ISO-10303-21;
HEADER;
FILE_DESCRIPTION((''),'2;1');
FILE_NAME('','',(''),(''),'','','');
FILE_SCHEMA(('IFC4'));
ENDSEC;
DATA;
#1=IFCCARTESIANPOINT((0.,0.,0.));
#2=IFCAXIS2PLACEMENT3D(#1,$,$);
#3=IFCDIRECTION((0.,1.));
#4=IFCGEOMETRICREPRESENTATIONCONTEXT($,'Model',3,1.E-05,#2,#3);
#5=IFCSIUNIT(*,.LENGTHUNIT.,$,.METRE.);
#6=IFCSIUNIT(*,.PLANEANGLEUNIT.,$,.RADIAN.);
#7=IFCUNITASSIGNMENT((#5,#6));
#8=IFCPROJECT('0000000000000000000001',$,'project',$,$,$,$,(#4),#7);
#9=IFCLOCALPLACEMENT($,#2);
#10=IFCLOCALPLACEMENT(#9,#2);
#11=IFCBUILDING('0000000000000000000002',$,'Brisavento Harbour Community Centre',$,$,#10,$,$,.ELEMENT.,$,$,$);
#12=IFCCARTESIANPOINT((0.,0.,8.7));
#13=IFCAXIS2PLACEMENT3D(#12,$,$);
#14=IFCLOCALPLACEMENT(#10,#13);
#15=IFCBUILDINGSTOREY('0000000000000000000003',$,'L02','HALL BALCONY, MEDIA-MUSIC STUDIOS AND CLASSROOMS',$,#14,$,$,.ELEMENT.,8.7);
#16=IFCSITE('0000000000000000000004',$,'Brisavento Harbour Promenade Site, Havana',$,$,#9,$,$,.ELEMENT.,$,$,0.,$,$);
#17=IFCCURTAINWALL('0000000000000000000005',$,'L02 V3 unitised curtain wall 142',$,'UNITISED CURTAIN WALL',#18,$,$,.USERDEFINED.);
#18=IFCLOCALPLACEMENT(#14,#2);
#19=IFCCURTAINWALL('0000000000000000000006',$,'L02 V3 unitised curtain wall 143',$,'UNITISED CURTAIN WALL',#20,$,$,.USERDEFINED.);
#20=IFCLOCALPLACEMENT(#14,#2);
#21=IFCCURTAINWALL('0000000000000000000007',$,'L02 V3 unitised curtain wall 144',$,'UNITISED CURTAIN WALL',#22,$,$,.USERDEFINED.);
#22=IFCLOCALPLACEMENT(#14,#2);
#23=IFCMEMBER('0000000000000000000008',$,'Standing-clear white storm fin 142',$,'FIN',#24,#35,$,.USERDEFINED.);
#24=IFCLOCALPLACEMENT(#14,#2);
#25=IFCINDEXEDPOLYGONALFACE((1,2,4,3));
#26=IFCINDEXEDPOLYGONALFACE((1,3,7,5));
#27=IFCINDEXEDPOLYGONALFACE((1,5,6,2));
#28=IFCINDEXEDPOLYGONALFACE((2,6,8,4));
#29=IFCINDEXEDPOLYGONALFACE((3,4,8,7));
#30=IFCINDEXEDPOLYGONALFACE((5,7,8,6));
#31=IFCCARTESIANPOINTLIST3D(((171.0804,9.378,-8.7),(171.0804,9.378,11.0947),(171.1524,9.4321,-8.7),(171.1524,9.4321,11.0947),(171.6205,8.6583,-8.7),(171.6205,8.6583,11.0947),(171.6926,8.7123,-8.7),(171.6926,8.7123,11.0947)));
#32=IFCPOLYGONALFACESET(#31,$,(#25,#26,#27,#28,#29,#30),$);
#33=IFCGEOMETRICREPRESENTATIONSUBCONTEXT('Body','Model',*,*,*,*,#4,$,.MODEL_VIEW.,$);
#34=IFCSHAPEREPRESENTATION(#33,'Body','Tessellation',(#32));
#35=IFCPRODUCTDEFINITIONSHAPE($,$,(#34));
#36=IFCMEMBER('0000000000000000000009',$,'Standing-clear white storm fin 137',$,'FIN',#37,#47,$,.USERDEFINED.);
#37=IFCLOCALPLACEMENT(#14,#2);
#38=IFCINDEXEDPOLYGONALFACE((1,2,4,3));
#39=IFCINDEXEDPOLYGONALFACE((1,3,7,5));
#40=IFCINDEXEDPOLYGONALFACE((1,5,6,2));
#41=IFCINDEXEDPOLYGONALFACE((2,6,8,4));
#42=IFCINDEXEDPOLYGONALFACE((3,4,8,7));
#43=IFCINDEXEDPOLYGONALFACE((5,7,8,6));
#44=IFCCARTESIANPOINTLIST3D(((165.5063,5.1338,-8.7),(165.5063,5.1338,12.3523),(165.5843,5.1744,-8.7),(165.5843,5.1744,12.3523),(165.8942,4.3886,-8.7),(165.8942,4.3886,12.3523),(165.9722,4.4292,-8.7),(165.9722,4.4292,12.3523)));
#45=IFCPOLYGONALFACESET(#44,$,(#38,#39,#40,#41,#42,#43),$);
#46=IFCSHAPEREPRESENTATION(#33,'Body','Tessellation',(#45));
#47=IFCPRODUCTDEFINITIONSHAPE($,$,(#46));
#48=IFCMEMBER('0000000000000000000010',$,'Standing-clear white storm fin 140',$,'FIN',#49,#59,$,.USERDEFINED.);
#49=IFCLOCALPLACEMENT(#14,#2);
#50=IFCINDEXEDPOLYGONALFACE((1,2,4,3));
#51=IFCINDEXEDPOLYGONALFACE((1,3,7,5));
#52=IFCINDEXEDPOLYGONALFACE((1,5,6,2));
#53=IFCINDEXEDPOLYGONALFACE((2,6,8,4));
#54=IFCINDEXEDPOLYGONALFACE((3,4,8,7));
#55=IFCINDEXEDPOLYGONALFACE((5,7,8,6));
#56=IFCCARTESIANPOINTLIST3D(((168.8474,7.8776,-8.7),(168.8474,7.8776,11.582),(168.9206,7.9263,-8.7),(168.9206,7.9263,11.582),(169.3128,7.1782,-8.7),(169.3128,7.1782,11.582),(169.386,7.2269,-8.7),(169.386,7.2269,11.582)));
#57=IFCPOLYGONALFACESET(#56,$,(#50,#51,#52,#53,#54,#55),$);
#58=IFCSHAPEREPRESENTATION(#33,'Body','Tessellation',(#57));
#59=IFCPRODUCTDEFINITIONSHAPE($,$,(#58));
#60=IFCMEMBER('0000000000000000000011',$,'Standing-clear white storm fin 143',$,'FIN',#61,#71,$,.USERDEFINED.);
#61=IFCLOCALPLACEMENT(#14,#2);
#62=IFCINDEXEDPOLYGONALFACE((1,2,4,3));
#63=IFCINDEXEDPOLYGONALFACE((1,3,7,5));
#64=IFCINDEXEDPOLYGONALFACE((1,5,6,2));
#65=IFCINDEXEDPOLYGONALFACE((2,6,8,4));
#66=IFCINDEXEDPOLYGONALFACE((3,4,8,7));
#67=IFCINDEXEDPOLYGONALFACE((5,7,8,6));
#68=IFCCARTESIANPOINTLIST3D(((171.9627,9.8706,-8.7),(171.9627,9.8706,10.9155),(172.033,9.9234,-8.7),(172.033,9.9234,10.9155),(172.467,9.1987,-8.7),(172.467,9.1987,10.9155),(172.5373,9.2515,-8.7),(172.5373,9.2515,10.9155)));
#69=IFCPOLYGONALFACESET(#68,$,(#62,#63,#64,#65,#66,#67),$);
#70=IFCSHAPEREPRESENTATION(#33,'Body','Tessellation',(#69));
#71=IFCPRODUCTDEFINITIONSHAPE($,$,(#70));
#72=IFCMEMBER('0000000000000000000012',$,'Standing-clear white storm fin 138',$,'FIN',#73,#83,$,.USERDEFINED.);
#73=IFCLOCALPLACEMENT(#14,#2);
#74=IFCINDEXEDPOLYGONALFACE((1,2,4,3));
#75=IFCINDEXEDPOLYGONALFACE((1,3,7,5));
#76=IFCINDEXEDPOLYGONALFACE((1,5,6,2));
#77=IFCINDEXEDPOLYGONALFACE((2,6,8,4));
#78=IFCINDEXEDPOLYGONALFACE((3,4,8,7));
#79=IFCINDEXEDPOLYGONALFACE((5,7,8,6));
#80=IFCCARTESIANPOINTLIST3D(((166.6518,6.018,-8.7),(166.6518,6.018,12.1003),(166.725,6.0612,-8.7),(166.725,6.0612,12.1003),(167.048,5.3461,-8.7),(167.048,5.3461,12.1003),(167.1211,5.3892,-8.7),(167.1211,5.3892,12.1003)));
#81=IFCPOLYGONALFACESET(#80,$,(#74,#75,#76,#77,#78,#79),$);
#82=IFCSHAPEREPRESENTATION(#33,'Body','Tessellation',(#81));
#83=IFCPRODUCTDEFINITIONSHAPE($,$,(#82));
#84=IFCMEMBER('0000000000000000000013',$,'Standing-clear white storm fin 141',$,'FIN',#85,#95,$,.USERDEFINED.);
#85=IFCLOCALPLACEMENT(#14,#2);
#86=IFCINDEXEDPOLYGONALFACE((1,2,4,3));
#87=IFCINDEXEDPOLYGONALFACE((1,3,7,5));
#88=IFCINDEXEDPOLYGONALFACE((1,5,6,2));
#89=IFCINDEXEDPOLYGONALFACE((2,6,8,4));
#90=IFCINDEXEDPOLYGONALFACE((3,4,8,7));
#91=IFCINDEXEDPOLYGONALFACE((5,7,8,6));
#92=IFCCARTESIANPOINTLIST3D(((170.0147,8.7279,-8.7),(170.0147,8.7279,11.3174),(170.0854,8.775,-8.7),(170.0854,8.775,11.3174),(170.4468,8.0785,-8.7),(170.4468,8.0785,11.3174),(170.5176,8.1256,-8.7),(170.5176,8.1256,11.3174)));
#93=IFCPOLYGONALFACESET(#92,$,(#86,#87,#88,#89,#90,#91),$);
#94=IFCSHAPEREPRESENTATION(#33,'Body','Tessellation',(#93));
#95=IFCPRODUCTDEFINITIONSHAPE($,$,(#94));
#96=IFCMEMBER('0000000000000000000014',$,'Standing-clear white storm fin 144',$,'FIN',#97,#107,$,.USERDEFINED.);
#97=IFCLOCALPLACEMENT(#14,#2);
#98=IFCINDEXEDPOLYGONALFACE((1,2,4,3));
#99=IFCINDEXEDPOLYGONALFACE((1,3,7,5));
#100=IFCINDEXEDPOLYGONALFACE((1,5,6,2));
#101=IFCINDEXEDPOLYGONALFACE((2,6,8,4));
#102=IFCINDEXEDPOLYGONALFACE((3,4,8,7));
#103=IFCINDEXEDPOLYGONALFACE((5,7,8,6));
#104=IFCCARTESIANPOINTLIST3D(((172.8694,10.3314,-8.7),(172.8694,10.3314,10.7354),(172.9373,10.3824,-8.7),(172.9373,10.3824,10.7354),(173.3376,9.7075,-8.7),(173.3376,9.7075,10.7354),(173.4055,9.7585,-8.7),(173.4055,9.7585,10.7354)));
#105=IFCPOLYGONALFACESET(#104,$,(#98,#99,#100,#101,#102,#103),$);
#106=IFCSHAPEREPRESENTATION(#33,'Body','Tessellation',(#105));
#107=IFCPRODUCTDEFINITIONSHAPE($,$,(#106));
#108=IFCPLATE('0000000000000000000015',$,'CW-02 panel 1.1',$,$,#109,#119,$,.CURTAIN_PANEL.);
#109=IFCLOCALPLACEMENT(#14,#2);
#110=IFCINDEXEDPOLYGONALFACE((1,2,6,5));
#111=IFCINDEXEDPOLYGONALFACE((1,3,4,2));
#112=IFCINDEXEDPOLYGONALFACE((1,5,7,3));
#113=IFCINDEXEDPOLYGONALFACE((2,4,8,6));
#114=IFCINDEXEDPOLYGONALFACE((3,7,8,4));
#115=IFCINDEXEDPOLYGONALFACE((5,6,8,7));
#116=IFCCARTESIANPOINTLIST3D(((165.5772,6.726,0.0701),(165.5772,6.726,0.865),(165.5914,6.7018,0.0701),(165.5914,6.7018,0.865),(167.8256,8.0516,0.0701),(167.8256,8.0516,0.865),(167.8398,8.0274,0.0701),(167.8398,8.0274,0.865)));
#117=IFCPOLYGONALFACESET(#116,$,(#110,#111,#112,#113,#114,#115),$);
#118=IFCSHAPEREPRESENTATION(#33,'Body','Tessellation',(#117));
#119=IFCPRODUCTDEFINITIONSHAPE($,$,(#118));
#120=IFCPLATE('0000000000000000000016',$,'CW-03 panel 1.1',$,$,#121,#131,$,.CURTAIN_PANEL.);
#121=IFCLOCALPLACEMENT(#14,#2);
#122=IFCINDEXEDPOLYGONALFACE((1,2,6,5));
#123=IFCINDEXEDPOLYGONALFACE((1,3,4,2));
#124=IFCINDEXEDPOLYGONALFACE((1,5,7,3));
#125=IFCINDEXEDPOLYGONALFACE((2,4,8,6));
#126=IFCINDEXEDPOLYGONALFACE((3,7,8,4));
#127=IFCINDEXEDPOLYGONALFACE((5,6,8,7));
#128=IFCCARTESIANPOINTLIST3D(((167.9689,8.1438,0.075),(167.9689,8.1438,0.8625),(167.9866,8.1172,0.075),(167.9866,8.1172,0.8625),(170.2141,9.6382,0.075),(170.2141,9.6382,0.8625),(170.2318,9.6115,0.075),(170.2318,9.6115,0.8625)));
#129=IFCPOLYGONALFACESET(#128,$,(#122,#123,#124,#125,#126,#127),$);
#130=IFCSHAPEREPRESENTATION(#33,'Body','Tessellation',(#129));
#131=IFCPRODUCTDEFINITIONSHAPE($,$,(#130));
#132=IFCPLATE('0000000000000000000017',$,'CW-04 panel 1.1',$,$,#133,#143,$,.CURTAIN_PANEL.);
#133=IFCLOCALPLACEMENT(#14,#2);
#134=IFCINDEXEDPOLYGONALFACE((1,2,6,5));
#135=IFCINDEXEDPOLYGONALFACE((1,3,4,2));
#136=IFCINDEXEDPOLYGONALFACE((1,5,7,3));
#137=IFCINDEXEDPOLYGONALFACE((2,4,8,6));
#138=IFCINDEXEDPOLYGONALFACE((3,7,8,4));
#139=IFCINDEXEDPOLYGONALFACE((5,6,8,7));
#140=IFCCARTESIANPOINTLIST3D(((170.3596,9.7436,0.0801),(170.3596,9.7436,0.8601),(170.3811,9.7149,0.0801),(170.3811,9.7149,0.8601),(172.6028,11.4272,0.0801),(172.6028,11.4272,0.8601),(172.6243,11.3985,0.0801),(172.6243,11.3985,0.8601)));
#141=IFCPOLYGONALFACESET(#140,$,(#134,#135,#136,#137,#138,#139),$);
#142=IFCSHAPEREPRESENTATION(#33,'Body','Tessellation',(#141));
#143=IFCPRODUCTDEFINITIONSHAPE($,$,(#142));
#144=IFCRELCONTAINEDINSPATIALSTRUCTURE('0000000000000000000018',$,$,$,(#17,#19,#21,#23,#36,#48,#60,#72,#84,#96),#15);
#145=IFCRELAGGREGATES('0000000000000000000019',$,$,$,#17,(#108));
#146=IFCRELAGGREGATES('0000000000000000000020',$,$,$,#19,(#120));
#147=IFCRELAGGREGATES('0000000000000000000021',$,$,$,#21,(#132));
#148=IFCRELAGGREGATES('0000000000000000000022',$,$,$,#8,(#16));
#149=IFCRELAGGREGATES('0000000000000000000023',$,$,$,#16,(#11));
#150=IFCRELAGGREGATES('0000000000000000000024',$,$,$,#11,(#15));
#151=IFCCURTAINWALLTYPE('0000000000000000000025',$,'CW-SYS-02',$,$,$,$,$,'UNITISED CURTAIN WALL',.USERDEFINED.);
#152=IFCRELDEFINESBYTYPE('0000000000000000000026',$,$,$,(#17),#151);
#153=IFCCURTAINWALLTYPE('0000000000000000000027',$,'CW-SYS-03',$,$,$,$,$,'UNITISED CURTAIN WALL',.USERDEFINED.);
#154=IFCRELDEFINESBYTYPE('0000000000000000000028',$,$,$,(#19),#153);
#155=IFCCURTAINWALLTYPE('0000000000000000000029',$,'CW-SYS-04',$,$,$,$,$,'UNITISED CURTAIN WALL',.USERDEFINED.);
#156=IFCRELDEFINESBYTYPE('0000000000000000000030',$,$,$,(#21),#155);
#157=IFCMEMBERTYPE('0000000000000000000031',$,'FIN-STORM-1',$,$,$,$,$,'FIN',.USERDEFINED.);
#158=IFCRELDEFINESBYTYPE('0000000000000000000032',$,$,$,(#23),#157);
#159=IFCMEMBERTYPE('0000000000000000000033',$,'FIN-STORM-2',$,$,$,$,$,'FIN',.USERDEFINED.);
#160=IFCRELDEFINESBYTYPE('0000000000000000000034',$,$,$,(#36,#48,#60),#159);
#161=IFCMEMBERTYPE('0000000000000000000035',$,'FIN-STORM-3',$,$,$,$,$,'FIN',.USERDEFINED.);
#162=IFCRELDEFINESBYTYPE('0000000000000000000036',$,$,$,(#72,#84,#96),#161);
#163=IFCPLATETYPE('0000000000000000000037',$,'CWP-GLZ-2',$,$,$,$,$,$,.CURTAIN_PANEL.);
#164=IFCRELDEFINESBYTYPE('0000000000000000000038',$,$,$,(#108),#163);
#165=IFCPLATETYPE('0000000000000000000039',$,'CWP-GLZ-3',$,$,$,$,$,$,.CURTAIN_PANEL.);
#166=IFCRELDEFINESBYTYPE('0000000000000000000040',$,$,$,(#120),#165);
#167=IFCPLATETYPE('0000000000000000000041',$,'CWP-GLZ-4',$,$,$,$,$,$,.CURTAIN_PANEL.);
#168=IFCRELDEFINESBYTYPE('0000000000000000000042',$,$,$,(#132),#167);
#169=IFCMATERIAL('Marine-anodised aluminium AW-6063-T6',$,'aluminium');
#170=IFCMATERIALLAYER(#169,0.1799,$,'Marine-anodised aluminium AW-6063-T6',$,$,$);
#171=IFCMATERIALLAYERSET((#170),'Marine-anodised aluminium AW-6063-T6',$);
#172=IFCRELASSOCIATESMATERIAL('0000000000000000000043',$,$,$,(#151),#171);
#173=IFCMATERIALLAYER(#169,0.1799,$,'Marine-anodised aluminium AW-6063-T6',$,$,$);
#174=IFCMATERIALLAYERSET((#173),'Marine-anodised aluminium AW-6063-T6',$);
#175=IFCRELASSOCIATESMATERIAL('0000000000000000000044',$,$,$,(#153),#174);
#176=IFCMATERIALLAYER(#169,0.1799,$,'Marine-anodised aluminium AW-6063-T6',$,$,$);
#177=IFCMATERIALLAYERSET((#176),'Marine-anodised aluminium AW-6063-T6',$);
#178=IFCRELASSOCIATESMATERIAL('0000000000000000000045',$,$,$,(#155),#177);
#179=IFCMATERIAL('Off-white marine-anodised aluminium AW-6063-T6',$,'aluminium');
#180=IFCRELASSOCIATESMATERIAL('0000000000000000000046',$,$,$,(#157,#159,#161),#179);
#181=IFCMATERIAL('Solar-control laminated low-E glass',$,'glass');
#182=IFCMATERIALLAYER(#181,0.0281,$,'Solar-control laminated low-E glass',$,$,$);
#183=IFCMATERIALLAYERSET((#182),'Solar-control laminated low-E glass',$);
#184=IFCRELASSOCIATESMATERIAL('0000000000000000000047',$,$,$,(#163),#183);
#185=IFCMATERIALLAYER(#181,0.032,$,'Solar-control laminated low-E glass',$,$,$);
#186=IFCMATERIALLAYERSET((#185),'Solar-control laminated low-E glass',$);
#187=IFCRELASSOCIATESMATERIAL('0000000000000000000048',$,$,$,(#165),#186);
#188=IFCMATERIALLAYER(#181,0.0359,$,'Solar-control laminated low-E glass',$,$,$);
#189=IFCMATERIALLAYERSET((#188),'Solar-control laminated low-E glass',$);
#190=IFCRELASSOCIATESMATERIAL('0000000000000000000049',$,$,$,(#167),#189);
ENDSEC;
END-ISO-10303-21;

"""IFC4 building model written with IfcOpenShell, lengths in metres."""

from ifc_helpers import new_model, si_unit, direction, frame, origin, origin_2d, place, context, subcontext, project, spatial, rectangle, extrude, material, layer, layer_set, material_profile, profile_set, type_object, element, aggregate, save


model = new_model("IFC4")

# Units and contexts
model_context = context("Model", 3, precision=1e-05, world=origin(), true_north=direction((0.0, 1.0)))
body_context = subcontext(model_context, "Body", "Model", "MODEL_VIEW")
ifc_project = project(units=[si_unit("LENGTHUNIT", "METRE"), si_unit("PLANEANGLEUNIT", "RADIAN")], contexts=[model_context])

# Site, building, storey
site_placement = place(None, origin())
site = spatial("IfcSite", under=ifc_project, at=site_placement, Name="Brisavento Harbour Promenade Site, Havana", CompositionType="ELEMENT", RefElevation=0.0)
building_placement = place(site_placement, origin())
building = spatial("IfcBuilding", under=site, at=building_placement, Name="Brisavento Harbour Community Centre", CompositionType="ELEMENT")
storey_placement = place(building_placement, frame((0.0, 0.0, 8.7)))
storey = spatial("IfcBuildingStorey", under=building, at=storey_placement, Name="L02", Description="HALL BALCONY, MEDIA-MUSIC STUDIOS AND CLASSROOMS", CompositionType="ELEMENT", Elevation=8.7)

# Shared definitions
ifc_material_1 = material(Name="Marine-anodised aluminium AW-6063-T6", Category="aluminium")

# Curtain walls
ifc_layer_1 = layer(ifc_material_1, 0.1799, Name="Marine-anodised aluminium AW-6063-T6")
ifc_layer_set_1 = layer_set([ifc_layer_1], Name="Marine-anodised aluminium AW-6063-T6")
curtain_wall_type_1 = type_object("IfcCurtainWallType", Name="CW-SYS-02", ElementType="UNITISED CURTAIN WALL", PredefinedType="USERDEFINED", material=ifc_layer_set_1)
curtain_wall_1_placement = place(storey_placement, origin())
curtain_wall_1 = element("IfcCurtainWall", 1, at=curtain_wall_1_placement, inside=storey, type_object=curtain_wall_type_1, Name="L02 V3 unitised curtain wall 142", ObjectType="UNITISED CURTAIN WALL", PredefinedType="USERDEFINED")
ifc_layer_2 = layer(ifc_material_1, 0.1799, Name="Marine-anodised aluminium AW-6063-T6")
ifc_layer_set_2 = layer_set([ifc_layer_2], Name="Marine-anodised aluminium AW-6063-T6")
curtain_wall_type_2 = type_object("IfcCurtainWallType", Name="CW-SYS-03", ElementType="UNITISED CURTAIN WALL", PredefinedType="USERDEFINED", material=ifc_layer_set_2)
curtain_wall_2_placement = place(storey_placement, origin())
curtain_wall_2 = element("IfcCurtainWall", 2, at=curtain_wall_2_placement, inside=storey, type_object=curtain_wall_type_2, Name="L02 V3 unitised curtain wall 143", ObjectType="UNITISED CURTAIN WALL", PredefinedType="USERDEFINED")

# Curtain wall
ifc_layer_3 = layer(ifc_material_1, 0.1799, Name="Marine-anodised aluminium AW-6063-T6")
ifc_layer_set_3 = layer_set([ifc_layer_3], Name="Marine-anodised aluminium AW-6063-T6")
curtain_wall_type_3 = type_object("IfcCurtainWallType", Name="CW-SYS-04", ElementType="UNITISED CURTAIN WALL", PredefinedType="USERDEFINED", material=ifc_layer_set_3)
curtain_wall_3_placement = place(storey_placement, origin())
curtain_wall_3 = element("IfcCurtainWall", 3, at=curtain_wall_3_placement, inside=storey, type_object=curtain_wall_type_3, Name="L02 V3 unitised curtain wall 144", ObjectType="UNITISED CURTAIN WALL", PredefinedType="USERDEFINED")

# Members
ifc_material_2 = material(Name="Off-white marine-anodised aluminium AW-6063-T6", Category="aluminium")
ifc_material_profile_1 = material_profile(ifc_material_2, rectangle(XDim=0.0901, YDim=0.8999, at=origin_2d()), Name="Off-white marine-anodised aluminium AW-6063-T6")
ifc_profile_set_1 = profile_set([ifc_material_profile_1], Name="Off-white marine-anodised aluminium AW-6063-T6")
member_type_1 = type_object("IfcMemberType", Name="FIN-STORM-1", ElementType="FIN", PredefinedType="USERDEFINED", material=ifc_profile_set_1)
member_1_placement = place(storey_placement, frame((171.3865, 9.0452, -8.7), z_axis=(0.0, 0.0, 1.0), x_axis=(-0.79981, -0.600253, 0.0)))
element("IfcMember", 4, at=member_1_placement, inside=storey, type_object=member_type_1, Name="Standing-clear white storm fin 142", ObjectType="FIN", PredefinedType="USERDEFINED", context=body_context, shape_type="SweptSolid", body=[
    extrude(rectangle(XDim=0.0901, YDim=0.8999, at=origin_2d()), origin(), (0.0, 0.0, 1.0), 19.7947),
])
ifc_material_profile_2 = material_profile(ifc_material_2, rectangle(XDim=0.0879, YDim=0.8401, at=origin_2d()), Name="Off-white marine-anodised aluminium AW-6063-T6")
ifc_profile_set_2 = profile_set([ifc_material_profile_2], Name="Off-white marine-anodised aluminium AW-6063-T6")
member_type_2 = type_object("IfcMemberType", Name="FIN-STORM-2", ElementType="FIN", PredefinedType="USERDEFINED", material=ifc_profile_set_2)
member_2_placement = place(storey_placement, frame((165.7393, 4.7815, -8.7), z_axis=(0.0, 0.0, 1.0), x_axis=(-0.887035, -0.461702, 0.0)))
element("IfcMember", 5, at=member_2_placement, inside=storey, type_object=member_type_2, Name="Standing-clear white storm fin 137", ObjectType="FIN", PredefinedType="USERDEFINED", context=body_context, shape_type="SweptSolid", body=[
    extrude(rectangle(XDim=0.0879, YDim=0.8401, at=origin_2d()), origin(), (0.0, 0.0, 1.0), 21.0522),
])
member_3_placement = place(storey_placement, frame((169.1167, 7.5522, -8.7), z_axis=(0.0, 0.0, 1.0), x_axis=(-0.832477, -0.55406, 0.0)))
element("IfcMember", 6, at=member_3_placement, inside=storey, type_object=member_type_2, Name="Standing-clear white storm fin 140", ObjectType="FIN", PredefinedType="USERDEFINED", context=body_context, shape_type="SweptSolid", body=[
    extrude(rectangle(XDim=0.0879, YDim=0.8401, at=origin_2d()), origin(), (0.0, 0.0, 1.0), 20.282),
])
member_4_placement = place(storey_placement, frame((172.25, 9.561, -8.7), z_axis=(0.0, 0.0, 1.0), x_axis=(-0.79981, -0.600253, 0.0)))
element("IfcMember", 7, at=member_4_placement, inside=storey, type_object=member_type_2, Name="Standing-clear white storm fin 143", ObjectType="FIN", PredefinedType="USERDEFINED", context=body_context, shape_type="SweptSolid", body=[
    extrude(rectangle(XDim=0.0879, YDim=0.8401, at=origin_2d()), origin(), (0.0, 0.0, 1.0), 19.6155),
])
ifc_material_profile_3 = material_profile(ifc_material_2, rectangle(XDim=0.085, YDim=0.78, at=origin_2d()), Name="Off-white marine-anodised aluminium AW-6063-T6")
ifc_profile_set_3 = profile_set([ifc_material_profile_3], Name="Off-white marine-anodised aluminium AW-6063-T6")
member_type_3 = type_object("IfcMemberType", Name="FIN-STORM-3", ElementType="FIN", PredefinedType="USERDEFINED", material=ifc_profile_set_3)
member_5_placement = place(storey_placement, frame((166.8865, 5.7036, -8.7), z_axis=(0.0, 0.0, 1.0), x_axis=(-0.861434, -0.507869, 0.0)))
element("IfcMember", 8, at=member_5_placement, inside=storey, type_object=member_type_3, Name="Standing-clear white storm fin 138", ObjectType="FIN", PredefinedType="USERDEFINED", context=body_context, shape_type="SweptSolid", body=[
    extrude(rectangle(XDim=0.085, YDim=0.78, at=origin_2d()), origin(), (0.0, 0.0, 1.0), 20.8003),
])
member_6_placement = place(storey_placement, frame((170.2661, 8.4268, -8.7), z_axis=(0.0, 0.0, 1.0), x_axis=(-0.832477, -0.55406, 0.0)))
element("IfcMember", 9, at=member_6_placement, inside=storey, type_object=member_type_3, Name="Standing-clear white storm fin 141", ObjectType="FIN", PredefinedType="USERDEFINED", context=body_context, shape_type="SweptSolid", body=[
    extrude(rectangle(XDim=0.085, YDim=0.78, at=origin_2d()), origin(), (0.0, 0.0, 1.0), 20.0173),
])
member_7_placement = place(storey_placement, frame((173.1375, 10.0449, -8.7), z_axis=(0.0, 0.0, 1.0), x_axis=(-0.79981, -0.600253, 0.0)))
element("IfcMember", 10, at=member_7_placement, inside=storey, type_object=member_type_3, Name="Standing-clear white storm fin 144", ObjectType="FIN", PredefinedType="USERDEFINED", context=body_context, shape_type="SweptSolid", body=[
    extrude(rectangle(XDim=0.085, YDim=0.78, at=origin_2d()), origin(), (0.0, 0.0, 1.0), 19.4353),
])

# Plates
ifc_material_3 = material(Name="Solar-control laminated low-E glass", Category="glass")
ifc_layer_4 = layer(ifc_material_3, 0.0281, Name="Solar-control laminated low-E glass")
ifc_layer_set_4 = layer_set([ifc_layer_4], Name="Solar-control laminated low-E glass")
plate_type_1 = type_object("IfcPlateType", Name="CWP-GLZ-2", PredefinedType="CURTAIN_PANEL", material=ifc_layer_set_4)
plate_1_placement = place(storey_placement, frame((166.7085, 7.3767, 0.0701), z_axis=(0.0, 0.0, 1.0), x_axis=(-0.86143, -0.507876, 0.0)))
plate_1 = element("IfcPlate", 11, at=plate_1_placement, type_object=plate_type_1, Name="CW-02 panel 1.1", PredefinedType="CURTAIN_PANEL", context=body_context, shape_type="SweptSolid", body=[
    extrude(rectangle(XDim=2.6101, YDim=0.0281, at=origin_2d()), origin(), (0.0, 0.0, 1.0), 0.7949),
])
aggregate(curtain_wall_1, [plate_1])
ifc_layer_5 = layer(ifc_material_3, 0.032, Name="Solar-control laminated low-E glass")
ifc_layer_set_5 = layer_set([ifc_layer_5], Name="Solar-control laminated low-E glass")
plate_type_2 = type_object("IfcPlateType", Name="CWP-GLZ-3", PredefinedType="CURTAIN_PANEL", material=ifc_layer_set_5)
plate_2_placement = place(storey_placement, frame((169.1003, 8.8777, 0.075), z_axis=(0.0, 0.0, 1.0), x_axis=(-0.832472, -0.554068, 0.0)))
plate_2 = element("IfcPlate", 12, at=plate_2_placement, type_object=plate_type_2, Name="CW-03 panel 1.1", PredefinedType="CURTAIN_PANEL", context=body_context, shape_type="SweptSolid", body=[
    extrude(rectangle(XDim=2.697, YDim=0.032, at=origin_2d()), origin(), (0.0, 0.0, 1.0), 0.7876),
])
aggregate(curtain_wall_2, [plate_2])
ifc_layer_6 = layer(ifc_material_3, 0.0359, Name="Solar-control laminated low-E glass")
ifc_layer_set_6 = layer_set([ifc_layer_6], Name="Solar-control laminated low-E glass")
plate_type_3 = type_object("IfcPlateType", Name="CWP-GLZ-4", PredefinedType="CURTAIN_PANEL", material=ifc_layer_set_6)
plate_3_placement = place(storey_placement, frame((171.4919, 10.571, 0.0801), z_axis=(0.0, 0.0, 1.0), x_axis=(-0.799806, -0.600259, 0.0)))
plate_3 = element("IfcPlate", 13, at=plate_3_placement, type_object=plate_type_3, Name="CW-04 panel 1.1", PredefinedType="CURTAIN_PANEL", context=body_context, shape_type="SweptSolid", body=[
    extrude(rectangle(XDim=2.8047, YDim=0.0359, at=origin_2d()), origin(), (0.0, 0.0, 1.0), 0.78),
])
aggregate(curtain_wall_3, [plate_3])

save(model, "model.ifc")
